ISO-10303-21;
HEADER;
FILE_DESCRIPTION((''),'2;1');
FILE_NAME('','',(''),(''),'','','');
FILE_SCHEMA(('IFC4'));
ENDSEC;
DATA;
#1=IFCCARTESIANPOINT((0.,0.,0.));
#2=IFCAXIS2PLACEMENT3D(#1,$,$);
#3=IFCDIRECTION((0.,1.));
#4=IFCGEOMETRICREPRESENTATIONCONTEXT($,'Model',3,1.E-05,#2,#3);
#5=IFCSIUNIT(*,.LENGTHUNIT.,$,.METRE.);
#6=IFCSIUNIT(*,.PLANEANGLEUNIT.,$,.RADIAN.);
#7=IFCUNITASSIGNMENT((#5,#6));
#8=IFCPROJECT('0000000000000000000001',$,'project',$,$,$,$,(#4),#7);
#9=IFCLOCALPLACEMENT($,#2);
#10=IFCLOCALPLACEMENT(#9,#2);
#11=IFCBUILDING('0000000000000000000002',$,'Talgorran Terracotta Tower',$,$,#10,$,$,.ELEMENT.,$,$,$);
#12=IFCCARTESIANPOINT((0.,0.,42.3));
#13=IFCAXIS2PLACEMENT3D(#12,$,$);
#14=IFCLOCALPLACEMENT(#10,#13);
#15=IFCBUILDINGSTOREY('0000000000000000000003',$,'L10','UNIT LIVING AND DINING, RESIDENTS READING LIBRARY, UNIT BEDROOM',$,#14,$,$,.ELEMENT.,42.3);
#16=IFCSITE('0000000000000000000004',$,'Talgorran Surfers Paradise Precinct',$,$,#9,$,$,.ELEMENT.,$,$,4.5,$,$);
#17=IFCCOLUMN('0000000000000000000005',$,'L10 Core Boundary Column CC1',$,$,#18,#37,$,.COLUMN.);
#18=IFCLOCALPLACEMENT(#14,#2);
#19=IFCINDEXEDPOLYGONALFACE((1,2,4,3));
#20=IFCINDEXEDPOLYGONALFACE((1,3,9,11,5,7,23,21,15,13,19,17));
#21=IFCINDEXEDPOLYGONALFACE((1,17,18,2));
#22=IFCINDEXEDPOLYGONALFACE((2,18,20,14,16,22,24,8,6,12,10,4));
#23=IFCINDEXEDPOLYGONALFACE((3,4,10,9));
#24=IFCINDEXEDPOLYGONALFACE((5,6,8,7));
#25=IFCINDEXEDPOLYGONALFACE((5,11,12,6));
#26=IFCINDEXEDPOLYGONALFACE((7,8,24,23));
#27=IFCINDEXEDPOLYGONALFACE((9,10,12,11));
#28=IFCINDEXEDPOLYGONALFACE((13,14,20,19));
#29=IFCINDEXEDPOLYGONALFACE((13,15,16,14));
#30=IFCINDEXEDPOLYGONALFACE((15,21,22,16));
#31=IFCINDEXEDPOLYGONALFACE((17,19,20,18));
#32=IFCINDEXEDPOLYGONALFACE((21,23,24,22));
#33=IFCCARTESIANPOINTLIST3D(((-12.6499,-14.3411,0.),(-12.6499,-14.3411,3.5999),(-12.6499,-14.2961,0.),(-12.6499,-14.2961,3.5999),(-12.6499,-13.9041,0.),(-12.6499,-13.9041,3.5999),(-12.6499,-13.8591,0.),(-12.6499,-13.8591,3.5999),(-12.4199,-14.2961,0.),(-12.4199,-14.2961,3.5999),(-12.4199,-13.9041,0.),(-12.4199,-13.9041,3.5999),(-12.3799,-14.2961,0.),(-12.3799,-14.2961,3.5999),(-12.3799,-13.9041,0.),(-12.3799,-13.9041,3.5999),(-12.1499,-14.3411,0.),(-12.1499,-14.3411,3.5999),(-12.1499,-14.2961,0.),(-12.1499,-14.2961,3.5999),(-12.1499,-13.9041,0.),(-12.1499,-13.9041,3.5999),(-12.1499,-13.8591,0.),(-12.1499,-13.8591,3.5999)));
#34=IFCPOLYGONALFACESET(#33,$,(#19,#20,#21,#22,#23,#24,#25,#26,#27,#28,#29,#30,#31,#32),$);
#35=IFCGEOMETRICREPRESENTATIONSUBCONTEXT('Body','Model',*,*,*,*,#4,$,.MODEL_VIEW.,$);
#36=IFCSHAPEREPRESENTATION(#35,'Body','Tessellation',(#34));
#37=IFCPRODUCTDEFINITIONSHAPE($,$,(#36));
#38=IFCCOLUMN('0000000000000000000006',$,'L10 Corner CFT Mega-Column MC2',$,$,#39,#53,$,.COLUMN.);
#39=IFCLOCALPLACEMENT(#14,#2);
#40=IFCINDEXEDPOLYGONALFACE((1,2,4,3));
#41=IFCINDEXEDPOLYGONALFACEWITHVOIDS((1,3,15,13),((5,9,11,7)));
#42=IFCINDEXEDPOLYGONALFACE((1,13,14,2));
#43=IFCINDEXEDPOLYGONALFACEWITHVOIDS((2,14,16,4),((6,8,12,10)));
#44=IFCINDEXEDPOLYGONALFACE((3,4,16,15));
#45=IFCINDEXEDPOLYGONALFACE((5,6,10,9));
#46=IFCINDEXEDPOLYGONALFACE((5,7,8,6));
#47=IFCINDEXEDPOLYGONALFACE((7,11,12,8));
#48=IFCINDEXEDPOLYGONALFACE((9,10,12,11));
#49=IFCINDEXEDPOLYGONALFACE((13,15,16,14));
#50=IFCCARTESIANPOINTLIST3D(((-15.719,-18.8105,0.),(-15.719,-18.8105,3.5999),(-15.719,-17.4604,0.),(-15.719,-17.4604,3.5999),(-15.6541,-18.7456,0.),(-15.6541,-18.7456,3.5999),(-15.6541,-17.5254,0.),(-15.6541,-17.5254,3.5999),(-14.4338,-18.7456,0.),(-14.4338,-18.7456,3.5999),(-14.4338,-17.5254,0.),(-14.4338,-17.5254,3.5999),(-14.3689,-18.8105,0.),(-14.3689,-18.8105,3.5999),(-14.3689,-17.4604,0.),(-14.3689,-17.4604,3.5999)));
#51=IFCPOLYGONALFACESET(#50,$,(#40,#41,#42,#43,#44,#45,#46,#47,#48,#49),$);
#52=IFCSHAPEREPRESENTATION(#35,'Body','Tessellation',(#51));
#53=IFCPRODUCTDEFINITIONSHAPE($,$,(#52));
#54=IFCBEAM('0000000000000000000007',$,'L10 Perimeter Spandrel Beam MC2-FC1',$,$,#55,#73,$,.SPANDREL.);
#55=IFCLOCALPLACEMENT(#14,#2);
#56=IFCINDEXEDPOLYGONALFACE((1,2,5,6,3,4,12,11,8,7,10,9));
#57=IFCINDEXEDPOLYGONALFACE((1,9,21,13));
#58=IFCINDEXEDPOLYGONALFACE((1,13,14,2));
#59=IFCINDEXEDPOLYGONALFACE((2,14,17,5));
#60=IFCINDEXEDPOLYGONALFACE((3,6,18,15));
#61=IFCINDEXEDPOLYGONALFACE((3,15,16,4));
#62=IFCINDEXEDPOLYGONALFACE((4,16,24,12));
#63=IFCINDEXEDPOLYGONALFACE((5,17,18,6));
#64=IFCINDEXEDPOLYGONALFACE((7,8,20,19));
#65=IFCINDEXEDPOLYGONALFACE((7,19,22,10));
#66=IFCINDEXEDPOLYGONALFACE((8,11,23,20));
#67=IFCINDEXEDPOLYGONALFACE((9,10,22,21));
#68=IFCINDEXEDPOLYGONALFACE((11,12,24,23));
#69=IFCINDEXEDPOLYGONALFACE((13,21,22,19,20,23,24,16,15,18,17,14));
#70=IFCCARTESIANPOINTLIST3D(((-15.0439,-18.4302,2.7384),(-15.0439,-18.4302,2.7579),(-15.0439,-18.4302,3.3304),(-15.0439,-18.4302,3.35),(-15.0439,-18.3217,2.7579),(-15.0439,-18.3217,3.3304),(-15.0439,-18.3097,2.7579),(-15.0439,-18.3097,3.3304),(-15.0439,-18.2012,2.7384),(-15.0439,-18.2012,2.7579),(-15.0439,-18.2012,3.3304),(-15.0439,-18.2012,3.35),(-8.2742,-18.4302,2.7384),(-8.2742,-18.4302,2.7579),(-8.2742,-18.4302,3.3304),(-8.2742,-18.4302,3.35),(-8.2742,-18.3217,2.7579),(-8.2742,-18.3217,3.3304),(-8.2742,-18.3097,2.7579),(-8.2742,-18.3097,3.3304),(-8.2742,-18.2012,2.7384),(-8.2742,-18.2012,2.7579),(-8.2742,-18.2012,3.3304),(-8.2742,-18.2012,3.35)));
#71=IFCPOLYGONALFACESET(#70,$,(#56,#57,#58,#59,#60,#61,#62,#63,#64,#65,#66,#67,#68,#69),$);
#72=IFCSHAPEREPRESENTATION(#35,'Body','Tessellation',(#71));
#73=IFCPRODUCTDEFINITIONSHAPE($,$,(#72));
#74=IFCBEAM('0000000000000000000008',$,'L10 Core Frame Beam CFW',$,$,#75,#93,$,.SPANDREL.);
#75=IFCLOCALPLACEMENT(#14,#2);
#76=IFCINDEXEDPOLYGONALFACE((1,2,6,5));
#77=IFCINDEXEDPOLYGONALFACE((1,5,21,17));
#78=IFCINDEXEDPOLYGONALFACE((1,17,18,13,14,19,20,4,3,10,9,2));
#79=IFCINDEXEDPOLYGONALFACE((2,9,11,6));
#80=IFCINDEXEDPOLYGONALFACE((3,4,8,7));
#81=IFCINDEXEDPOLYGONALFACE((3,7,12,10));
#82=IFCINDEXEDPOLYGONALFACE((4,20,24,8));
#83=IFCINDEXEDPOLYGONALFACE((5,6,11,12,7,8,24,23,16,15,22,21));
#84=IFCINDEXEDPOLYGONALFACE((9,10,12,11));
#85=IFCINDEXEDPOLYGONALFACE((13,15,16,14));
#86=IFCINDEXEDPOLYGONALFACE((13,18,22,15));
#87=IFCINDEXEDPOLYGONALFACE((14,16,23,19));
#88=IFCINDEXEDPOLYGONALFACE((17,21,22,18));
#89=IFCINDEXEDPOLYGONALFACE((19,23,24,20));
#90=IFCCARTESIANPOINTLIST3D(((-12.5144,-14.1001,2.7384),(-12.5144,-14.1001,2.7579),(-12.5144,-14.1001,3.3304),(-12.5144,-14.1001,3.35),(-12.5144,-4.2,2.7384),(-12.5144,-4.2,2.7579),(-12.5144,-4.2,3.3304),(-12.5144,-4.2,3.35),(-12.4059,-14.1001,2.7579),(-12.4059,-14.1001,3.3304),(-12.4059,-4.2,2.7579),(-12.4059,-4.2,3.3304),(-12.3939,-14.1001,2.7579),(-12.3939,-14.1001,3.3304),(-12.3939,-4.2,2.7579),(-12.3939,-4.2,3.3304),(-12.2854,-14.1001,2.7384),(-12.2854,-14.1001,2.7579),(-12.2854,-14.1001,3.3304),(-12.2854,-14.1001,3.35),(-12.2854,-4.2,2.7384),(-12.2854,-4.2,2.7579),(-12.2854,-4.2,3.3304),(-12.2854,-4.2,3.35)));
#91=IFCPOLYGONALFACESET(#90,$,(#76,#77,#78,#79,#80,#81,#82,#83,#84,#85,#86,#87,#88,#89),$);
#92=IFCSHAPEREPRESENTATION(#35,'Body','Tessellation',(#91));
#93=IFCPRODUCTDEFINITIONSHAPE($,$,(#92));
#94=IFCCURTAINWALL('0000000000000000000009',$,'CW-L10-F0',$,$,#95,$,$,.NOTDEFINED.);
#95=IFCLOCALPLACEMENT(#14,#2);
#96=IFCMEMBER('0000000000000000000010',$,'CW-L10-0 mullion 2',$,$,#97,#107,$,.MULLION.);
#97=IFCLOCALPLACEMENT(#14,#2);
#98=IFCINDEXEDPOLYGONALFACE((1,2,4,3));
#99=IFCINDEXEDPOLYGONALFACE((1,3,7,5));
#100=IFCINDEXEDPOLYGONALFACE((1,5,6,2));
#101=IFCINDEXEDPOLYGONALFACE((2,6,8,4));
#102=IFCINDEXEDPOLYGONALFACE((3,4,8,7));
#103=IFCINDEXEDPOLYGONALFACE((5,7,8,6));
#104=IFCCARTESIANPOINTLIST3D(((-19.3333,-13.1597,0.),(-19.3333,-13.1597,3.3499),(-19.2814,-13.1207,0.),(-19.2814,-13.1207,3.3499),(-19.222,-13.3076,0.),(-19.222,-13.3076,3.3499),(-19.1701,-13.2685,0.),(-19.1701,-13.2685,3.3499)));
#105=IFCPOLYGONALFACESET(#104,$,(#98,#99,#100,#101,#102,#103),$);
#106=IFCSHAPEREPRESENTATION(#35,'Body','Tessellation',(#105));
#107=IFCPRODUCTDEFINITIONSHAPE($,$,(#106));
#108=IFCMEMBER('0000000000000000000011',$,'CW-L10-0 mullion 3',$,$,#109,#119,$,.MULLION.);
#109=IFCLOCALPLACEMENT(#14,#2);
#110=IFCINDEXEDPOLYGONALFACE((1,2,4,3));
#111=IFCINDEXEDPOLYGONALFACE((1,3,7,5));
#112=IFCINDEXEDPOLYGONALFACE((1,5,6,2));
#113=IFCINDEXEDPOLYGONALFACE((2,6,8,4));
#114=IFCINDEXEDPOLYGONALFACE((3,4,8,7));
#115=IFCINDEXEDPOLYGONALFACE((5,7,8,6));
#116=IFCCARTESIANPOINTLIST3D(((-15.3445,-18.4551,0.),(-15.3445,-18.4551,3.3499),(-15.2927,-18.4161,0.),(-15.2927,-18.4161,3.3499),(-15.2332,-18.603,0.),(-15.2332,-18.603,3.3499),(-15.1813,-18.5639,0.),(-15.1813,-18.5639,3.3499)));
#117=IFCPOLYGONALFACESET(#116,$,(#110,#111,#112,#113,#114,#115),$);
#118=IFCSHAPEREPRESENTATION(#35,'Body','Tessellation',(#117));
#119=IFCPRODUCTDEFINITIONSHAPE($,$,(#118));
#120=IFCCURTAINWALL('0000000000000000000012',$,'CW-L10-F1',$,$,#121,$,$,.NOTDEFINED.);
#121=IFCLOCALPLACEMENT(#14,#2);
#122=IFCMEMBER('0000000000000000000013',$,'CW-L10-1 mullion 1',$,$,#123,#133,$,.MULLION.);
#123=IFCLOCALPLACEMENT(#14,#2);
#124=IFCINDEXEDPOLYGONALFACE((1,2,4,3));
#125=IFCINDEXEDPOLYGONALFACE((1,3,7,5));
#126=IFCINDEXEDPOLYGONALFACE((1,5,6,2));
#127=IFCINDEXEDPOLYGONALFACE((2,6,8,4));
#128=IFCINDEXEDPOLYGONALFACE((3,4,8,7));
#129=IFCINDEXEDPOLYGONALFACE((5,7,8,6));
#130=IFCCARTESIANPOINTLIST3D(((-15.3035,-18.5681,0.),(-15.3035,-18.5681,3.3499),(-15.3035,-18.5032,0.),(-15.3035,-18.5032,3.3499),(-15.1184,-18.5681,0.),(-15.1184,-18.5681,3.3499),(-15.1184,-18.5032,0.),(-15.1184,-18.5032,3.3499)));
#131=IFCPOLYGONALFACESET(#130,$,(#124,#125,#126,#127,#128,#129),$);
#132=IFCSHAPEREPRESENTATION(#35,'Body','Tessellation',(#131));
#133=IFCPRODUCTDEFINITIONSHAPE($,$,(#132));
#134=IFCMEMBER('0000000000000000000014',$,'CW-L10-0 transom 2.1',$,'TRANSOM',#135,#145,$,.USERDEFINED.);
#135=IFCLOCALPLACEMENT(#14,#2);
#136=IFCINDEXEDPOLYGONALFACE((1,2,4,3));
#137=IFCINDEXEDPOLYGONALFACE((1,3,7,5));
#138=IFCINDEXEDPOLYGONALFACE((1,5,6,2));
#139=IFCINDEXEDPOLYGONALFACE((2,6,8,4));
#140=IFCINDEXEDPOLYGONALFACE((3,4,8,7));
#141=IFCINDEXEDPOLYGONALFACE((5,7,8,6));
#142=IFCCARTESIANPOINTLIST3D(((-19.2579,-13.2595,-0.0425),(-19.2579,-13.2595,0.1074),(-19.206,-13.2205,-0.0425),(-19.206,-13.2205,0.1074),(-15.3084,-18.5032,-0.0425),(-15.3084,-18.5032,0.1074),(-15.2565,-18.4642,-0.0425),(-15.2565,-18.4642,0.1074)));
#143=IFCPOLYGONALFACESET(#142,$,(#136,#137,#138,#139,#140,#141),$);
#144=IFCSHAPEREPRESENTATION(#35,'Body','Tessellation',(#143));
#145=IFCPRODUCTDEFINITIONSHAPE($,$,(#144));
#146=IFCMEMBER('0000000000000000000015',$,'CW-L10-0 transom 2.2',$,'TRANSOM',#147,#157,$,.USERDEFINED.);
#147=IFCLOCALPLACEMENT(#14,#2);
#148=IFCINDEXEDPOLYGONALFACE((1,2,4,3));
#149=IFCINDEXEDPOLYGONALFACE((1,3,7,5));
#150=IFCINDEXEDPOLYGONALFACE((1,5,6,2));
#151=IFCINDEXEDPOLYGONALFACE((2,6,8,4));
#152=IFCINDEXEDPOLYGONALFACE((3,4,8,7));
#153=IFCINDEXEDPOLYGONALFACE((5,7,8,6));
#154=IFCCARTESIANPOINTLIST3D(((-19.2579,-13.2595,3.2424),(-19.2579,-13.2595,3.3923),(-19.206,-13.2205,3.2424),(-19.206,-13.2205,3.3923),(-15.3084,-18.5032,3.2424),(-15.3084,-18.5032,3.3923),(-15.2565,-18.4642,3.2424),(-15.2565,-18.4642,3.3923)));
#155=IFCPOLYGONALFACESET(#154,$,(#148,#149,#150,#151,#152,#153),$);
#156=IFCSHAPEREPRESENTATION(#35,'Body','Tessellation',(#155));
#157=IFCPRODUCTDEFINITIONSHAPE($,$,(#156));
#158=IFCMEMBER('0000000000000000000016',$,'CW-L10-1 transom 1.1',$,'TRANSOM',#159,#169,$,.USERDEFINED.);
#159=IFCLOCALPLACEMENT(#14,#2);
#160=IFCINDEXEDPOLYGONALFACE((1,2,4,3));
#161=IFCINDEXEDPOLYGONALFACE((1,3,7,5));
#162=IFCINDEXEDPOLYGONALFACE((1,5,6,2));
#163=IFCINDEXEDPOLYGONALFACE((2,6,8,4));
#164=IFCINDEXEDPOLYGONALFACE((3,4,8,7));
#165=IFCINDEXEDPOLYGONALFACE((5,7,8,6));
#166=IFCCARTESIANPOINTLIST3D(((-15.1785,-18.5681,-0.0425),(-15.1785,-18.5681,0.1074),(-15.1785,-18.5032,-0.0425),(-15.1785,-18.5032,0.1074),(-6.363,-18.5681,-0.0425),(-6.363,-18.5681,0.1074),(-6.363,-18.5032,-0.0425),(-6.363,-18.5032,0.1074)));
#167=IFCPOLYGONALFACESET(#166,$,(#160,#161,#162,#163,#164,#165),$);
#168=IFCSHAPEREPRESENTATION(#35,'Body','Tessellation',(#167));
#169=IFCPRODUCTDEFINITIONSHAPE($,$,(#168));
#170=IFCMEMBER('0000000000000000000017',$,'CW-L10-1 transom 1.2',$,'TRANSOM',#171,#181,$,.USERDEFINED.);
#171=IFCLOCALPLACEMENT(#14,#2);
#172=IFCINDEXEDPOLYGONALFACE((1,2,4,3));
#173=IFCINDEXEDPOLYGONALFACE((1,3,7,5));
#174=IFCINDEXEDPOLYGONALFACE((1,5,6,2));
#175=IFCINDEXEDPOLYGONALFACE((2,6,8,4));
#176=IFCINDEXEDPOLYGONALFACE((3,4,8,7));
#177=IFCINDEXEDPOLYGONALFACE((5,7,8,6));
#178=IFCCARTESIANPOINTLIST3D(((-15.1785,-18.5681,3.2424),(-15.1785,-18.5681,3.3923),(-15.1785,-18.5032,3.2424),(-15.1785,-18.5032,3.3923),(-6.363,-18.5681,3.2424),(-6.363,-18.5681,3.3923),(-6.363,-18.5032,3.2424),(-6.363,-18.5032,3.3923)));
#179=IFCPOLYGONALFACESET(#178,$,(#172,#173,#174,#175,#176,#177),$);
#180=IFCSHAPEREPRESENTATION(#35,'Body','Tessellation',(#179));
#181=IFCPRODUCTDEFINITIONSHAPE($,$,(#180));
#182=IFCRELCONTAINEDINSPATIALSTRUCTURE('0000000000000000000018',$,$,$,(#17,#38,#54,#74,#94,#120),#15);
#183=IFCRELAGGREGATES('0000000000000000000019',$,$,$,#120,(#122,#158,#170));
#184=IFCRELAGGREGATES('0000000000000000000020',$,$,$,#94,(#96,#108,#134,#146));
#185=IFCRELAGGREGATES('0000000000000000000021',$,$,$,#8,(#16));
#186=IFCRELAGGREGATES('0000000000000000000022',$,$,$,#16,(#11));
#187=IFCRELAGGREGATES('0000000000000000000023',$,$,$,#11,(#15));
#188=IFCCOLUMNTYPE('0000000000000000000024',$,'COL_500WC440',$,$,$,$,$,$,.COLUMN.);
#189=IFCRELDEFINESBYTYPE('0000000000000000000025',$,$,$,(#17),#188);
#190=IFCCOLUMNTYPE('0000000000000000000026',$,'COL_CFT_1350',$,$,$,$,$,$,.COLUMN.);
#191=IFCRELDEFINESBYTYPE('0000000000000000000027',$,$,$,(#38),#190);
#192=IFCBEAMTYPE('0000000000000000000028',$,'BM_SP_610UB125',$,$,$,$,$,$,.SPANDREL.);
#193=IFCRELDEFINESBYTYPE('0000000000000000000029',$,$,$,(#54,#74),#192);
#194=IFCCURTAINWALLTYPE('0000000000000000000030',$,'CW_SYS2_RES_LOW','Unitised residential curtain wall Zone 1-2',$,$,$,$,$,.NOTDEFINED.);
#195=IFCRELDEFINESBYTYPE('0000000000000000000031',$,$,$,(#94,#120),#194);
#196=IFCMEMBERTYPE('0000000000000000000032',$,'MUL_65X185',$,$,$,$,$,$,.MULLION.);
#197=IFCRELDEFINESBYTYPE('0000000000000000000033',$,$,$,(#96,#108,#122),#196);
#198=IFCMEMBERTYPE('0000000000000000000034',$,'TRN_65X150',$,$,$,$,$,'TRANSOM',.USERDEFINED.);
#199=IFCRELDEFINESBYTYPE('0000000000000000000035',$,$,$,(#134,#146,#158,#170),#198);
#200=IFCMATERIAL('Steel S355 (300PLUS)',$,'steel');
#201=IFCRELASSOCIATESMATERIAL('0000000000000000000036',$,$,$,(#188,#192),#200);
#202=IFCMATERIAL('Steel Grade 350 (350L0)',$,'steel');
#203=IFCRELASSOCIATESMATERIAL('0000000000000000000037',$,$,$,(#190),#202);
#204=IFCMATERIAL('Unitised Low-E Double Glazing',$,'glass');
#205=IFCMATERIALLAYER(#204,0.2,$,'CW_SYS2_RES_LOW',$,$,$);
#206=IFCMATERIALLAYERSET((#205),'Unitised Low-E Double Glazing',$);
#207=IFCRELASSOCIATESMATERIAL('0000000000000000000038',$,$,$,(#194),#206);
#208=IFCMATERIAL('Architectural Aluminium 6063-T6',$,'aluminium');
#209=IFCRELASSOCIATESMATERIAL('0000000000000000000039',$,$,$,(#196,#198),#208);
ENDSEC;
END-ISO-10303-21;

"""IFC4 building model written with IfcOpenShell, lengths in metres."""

from ifc_helpers import new_model, si_unit, direction, frame, origin, origin_2d, place, context, subcontext, project, spatial, rectangle, hollow_rectangle, i_section, extrude, material, layer, layer_set, material_profile, profile_set, type_object, element, aggregate, save


model = new_model("IFC4")

# Units and contexts
model_context = context("Model", 3, precision=1e-05, world=origin(), true_north=direction((0.0, 1.0)))
body_context = subcontext(model_context, "Body", "Model", "MODEL_VIEW")
ifc_project = project(units=[si_unit("LENGTHUNIT", "METRE"), si_unit("PLANEANGLEUNIT", "RADIAN")], contexts=[model_context])

# Site, building, storey
site_placement = place(None, origin())
site = spatial("IfcSite", under=ifc_project, at=site_placement, Name="Talgorran Surfers Paradise Precinct", CompositionType="ELEMENT", RefElevation=4.5)
building_placement = place(site_placement, origin())
building = spatial("IfcBuilding", under=site, at=building_placement, Name="Talgorran Terracotta Tower", CompositionType="ELEMENT")
storey_placement = place(building_placement, frame((0.0, 0.0, 42.3)))
storey = spatial("IfcBuildingStorey", under=building, at=storey_placement, Name="L10", Description="UNIT LIVING AND DINING, RESIDENTS READING LIBRARY, UNIT BEDROOM", CompositionType="ELEMENT", Elevation=42.3)

# Columns
ifc_material_1 = material(Name="Steel S355 (300PLUS)", Category="steel")
ifc_material_profile_1 = material_profile(ifc_material_1, i_section(OverallWidth=0.5, OverallDepth=0.4819, WebThickness=0.04, FlangeThickness=0.0449, at=origin_2d()), Name="500WC440")
ifc_profile_set_1 = profile_set([ifc_material_profile_1], Name="Steel S355 (300PLUS)")
column_type_1 = type_object("IfcColumnType", Name="COL_500WC440", PredefinedType="COLUMN", material=ifc_profile_set_1)
column_1_placement = place(storey_placement, frame((-12.3999, -14.1001, 0.0), z_axis=(0.0, 0.0, 1.0), x_axis=(1.0, 0.0, 0.0)))
element("IfcColumn", 1, at=column_1_placement, inside=storey, type_object=column_type_1, Name="L10 Core Boundary Column CC1", PredefinedType="COLUMN", context=body_context, shape_type="SweptSolid", body=[
    extrude(i_section(OverallWidth=0.5, OverallDepth=0.4819, WebThickness=0.04, FlangeThickness=0.0449, at=origin_2d()), origin(), (0.0, 0.0, 1.0), 3.5999),
])
ifc_material_2 = material(Name="Steel Grade 350 (350L0)", Category="steel")
ifc_material_profile_2 = material_profile(ifc_material_2, hollow_rectangle(XDim=1.3501, YDim=1.3501, WallThickness=0.0649, at=origin_2d()), Name="CFT1350X1350X65")
ifc_profile_set_2 = profile_set([ifc_material_profile_2], Name="Steel Grade 350 (350L0)")
column_type_2 = type_object("IfcColumnType", Name="COL_CFT_1350", PredefinedType="COLUMN", material=ifc_profile_set_2)
column_2_placement = place(storey_placement, frame((-15.0439, -18.1355, 0.0), z_axis=(0.0, 0.0, 1.0), x_axis=(1.0, 0.0, 0.0)))
element("IfcColumn", 2, at=column_2_placement, inside=storey, type_object=column_type_2, Name="L10 Corner CFT Mega-Column MC2", PredefinedType="COLUMN", context=body_context, shape_type="SweptSolid", body=[
    extrude(hollow_rectangle(XDim=1.3501, YDim=1.3501, WallThickness=0.0649, at=origin_2d()), origin(), (0.0, 0.0, 1.0), 3.5999),
])

# Beams
ifc_material_profile_3 = material_profile(ifc_material_1, i_section(OverallWidth=0.229, OverallDepth=0.6116, WebThickness=0.012, FlangeThickness=0.0195, at=origin_2d()), Name="610UB125")
ifc_profile_set_3 = profile_set([ifc_material_profile_3], Name="Steel S355 (300PLUS)")
beam_type = type_object("IfcBeamType", Name="BM_SP_610UB125", PredefinedType="SPANDREL", material=ifc_profile_set_3)
beam_1_placement = place(storey_placement, frame((-15.0439, -18.3157, 3.0442), z_axis=(1.0, 0.0, 0.0), x_axis=(0.0, 1.0, 0.0)))
element("IfcBeam", 3, at=beam_1_placement, inside=storey, type_object=beam_type, Name="L10 Perimeter Spandrel Beam MC2-FC1", PredefinedType="SPANDREL", context=body_context, shape_type="SweptSolid", body=[
    extrude(i_section(OverallWidth=0.229, OverallDepth=0.6116, WebThickness=0.012, FlangeThickness=0.0195, at=origin_2d()), origin(), (0.0, 0.0, 1.0), 6.7698),
])
beam_2_placement = place(storey_placement, frame((-12.3999, -14.1001, 3.0442), z_axis=(0.0, 1.0, 0.0), x_axis=(-1.0, 0.0, 0.0)))
element("IfcBeam", 4, at=beam_2_placement, inside=storey, type_object=beam_type, Name="L10 Core Frame Beam CFW", PredefinedType="SPANDREL", context=body_context, shape_type="SweptSolid", body=[
    extrude(i_section(OverallWidth=0.229, OverallDepth=0.6116, WebThickness=0.012, FlangeThickness=0.0195, at=origin_2d()), origin(), (0.0, 0.0, 1.0), 9.9001),
])

# Curtain wall, members
ifc_material_3 = material(Name="Unitised Low-E Double Glazing", Category="glass")
ifc_layer_1 = layer(ifc_material_3, 0.2, Name="CW_SYS2_RES_LOW")
ifc_layer_set_1 = layer_set([ifc_layer_1], Name="Unitised Low-E Double Glazing")
curtain_wall_type = type_object("IfcCurtainWallType", Name="CW_SYS2_RES_LOW", Description="Unitised residential curtain wall Zone 1-2", PredefinedType="NOTDEFINED", material=ifc_layer_set_1)
curtain_wall_1_placement = place(storey_placement, origin())
curtain_wall_1 = element("IfcCurtainWall", 5, at=curtain_wall_1_placement, inside=storey, type_object=curtain_wall_type, Name="CW-L10-F0", PredefinedType="NOTDEFINED")
ifc_material_4 = material(Name="Architectural Aluminium 6063-T6", Category="aluminium")
ifc_material_profile_4 = material_profile(ifc_material_4, rectangle(XDim=0.0649, YDim=0.1851, at=origin_2d()), Name="CWM65X185")
ifc_profile_set_4 = profile_set([ifc_material_profile_4], Name="Architectural Aluminium 6063-T6")
member_type_1 = type_object("IfcMemberType", Name="MUL_65X185", PredefinedType="MULLION", material=ifc_profile_set_4)
member_1_placement = place(storey_placement, frame((-19.2517, -13.2141, 0.0), z_axis=(0.0, 0.0, 1.0), x_axis=(0.798774, 0.601632, 0.0)))
member_1 = element("IfcMember", 6, at=member_1_placement, type_object=member_type_1, Name="CW-L10-0 mullion 2", PredefinedType="MULLION", context=body_context, shape_type="SweptSolid", body=[
    extrude(rectangle(XDim=0.0649, YDim=0.1851, at=origin_2d()), origin(), (0.0, 0.0, 1.0), 3.3499),
])
member_2_placement = place(storey_placement, frame((-15.2629, -18.5095, 0.0), z_axis=(0.0, 0.0, 1.0), x_axis=(0.798774, 0.601632, 0.0)))
member_2 = element("IfcMember", 7, at=member_2_placement, type_object=member_type_1, Name="CW-L10-0 mullion 3", PredefinedType="MULLION", context=body_context, shape_type="SweptSolid", body=[
    extrude(rectangle(XDim=0.0649, YDim=0.1851, at=origin_2d()), origin(), (0.0, 0.0, 1.0), 3.3499),
])

# Curtain wall, member
curtain_wall_2_placement = place(storey_placement, origin())
curtain_wall_2 = element("IfcCurtainWall", 8, at=curtain_wall_2_placement, inside=storey, type_object=curtain_wall_type, Name="CW-L10-F1", PredefinedType="NOTDEFINED")
member_3_placement = place(storey_placement, frame((-15.2109, -18.5356, 0.0), z_axis=(0.0, 0.0, 1.0), x_axis=(0.0, 1.0, 0.0)))
member_3 = element("IfcMember", 9, at=member_3_placement, type_object=member_type_1, Name="CW-L10-1 mullion 1", PredefinedType="MULLION", context=body_context, shape_type="SweptSolid", body=[
    extrude(rectangle(XDim=0.0649, YDim=0.1851, at=origin_2d()), origin(), (0.0, 0.0, 1.0), 3.3499),
])

# Members
ifc_material_profile_5 = material_profile(ifc_material_4, rectangle(XDim=0.0649, YDim=0.1499, at=origin_2d()), Name="CWT65X150")
ifc_profile_set_5 = profile_set([ifc_material_profile_5], Name="Architectural Aluminium 6063-T6")
member_type_2 = type_object("IfcMemberType", Name="TRN_65X150", ElementType="TRANSOM", PredefinedType="USERDEFINED", material=ifc_profile_set_5)
member_4_placement = place(storey_placement, frame((-19.2319, -13.24, 0.0325), z_axis=(0.601629, -0.798776, 0.0), x_axis=(0.798776, 0.601629, 0.0)))
member_4 = element("IfcMember", 10, at=member_4_placement, type_object=member_type_2, Name="CW-L10-0 transom 2.1", ObjectType="TRANSOM", PredefinedType="USERDEFINED", context=body_context, shape_type="SweptSolid", body=[
    extrude(rectangle(XDim=0.0649, YDim=0.1499, at=origin_2d()), origin(), (0.0, 0.0, 1.0), 6.5647),
])
member_5_placement = place(storey_placement, frame((-19.2319, -13.24, 3.3174), z_axis=(0.601629, -0.798776, 0.0), x_axis=(0.798776, 0.601629, 0.0)))
member_5 = element("IfcMember", 11, at=member_5_placement, type_object=member_type_2, Name="CW-L10-0 transom 2.2", ObjectType="TRANSOM", PredefinedType="USERDEFINED", context=body_context, shape_type="SweptSolid", body=[
    extrude(rectangle(XDim=0.0649, YDim=0.1499, at=origin_2d()), origin(), (0.0, 0.0, 1.0), 6.5647),
])
member_6_placement = place(storey_placement, frame((-15.1785, -18.5356, 0.0325), z_axis=(1.0, 0.0, 0.0), x_axis=(0.0, 1.0, 0.0)))
member_6 = element("IfcMember", 12, at=member_6_placement, type_object=member_type_2, Name="CW-L10-1 transom 1.1", ObjectType="TRANSOM", PredefinedType="USERDEFINED", context=body_context, shape_type="SweptSolid", body=[
    extrude(rectangle(XDim=0.0649, YDim=0.1499, at=origin_2d()), origin(), (0.0, 0.0, 1.0), 8.8154),
])
member_7_placement = place(storey_placement, frame((-15.1785, -18.5356, 3.3174), z_axis=(1.0, 0.0, 0.0), x_axis=(0.0, 1.0, 0.0)))
member_7 = element("IfcMember", 13, at=member_7_placement, type_object=member_type_2, Name="CW-L10-1 transom 1.2", ObjectType="TRANSOM", PredefinedType="USERDEFINED", context=body_context, shape_type="SweptSolid", body=[
    extrude(rectangle(XDim=0.0649, YDim=0.1499, at=origin_2d()), origin(), (0.0, 0.0, 1.0), 8.8154),
])
aggregate(curtain_wall_2, [member_3, member_6, member_7])

aggregate(curtain_wall_1, [member_1, member_2, member_4, member_5])

save(model, "model.ifc")
